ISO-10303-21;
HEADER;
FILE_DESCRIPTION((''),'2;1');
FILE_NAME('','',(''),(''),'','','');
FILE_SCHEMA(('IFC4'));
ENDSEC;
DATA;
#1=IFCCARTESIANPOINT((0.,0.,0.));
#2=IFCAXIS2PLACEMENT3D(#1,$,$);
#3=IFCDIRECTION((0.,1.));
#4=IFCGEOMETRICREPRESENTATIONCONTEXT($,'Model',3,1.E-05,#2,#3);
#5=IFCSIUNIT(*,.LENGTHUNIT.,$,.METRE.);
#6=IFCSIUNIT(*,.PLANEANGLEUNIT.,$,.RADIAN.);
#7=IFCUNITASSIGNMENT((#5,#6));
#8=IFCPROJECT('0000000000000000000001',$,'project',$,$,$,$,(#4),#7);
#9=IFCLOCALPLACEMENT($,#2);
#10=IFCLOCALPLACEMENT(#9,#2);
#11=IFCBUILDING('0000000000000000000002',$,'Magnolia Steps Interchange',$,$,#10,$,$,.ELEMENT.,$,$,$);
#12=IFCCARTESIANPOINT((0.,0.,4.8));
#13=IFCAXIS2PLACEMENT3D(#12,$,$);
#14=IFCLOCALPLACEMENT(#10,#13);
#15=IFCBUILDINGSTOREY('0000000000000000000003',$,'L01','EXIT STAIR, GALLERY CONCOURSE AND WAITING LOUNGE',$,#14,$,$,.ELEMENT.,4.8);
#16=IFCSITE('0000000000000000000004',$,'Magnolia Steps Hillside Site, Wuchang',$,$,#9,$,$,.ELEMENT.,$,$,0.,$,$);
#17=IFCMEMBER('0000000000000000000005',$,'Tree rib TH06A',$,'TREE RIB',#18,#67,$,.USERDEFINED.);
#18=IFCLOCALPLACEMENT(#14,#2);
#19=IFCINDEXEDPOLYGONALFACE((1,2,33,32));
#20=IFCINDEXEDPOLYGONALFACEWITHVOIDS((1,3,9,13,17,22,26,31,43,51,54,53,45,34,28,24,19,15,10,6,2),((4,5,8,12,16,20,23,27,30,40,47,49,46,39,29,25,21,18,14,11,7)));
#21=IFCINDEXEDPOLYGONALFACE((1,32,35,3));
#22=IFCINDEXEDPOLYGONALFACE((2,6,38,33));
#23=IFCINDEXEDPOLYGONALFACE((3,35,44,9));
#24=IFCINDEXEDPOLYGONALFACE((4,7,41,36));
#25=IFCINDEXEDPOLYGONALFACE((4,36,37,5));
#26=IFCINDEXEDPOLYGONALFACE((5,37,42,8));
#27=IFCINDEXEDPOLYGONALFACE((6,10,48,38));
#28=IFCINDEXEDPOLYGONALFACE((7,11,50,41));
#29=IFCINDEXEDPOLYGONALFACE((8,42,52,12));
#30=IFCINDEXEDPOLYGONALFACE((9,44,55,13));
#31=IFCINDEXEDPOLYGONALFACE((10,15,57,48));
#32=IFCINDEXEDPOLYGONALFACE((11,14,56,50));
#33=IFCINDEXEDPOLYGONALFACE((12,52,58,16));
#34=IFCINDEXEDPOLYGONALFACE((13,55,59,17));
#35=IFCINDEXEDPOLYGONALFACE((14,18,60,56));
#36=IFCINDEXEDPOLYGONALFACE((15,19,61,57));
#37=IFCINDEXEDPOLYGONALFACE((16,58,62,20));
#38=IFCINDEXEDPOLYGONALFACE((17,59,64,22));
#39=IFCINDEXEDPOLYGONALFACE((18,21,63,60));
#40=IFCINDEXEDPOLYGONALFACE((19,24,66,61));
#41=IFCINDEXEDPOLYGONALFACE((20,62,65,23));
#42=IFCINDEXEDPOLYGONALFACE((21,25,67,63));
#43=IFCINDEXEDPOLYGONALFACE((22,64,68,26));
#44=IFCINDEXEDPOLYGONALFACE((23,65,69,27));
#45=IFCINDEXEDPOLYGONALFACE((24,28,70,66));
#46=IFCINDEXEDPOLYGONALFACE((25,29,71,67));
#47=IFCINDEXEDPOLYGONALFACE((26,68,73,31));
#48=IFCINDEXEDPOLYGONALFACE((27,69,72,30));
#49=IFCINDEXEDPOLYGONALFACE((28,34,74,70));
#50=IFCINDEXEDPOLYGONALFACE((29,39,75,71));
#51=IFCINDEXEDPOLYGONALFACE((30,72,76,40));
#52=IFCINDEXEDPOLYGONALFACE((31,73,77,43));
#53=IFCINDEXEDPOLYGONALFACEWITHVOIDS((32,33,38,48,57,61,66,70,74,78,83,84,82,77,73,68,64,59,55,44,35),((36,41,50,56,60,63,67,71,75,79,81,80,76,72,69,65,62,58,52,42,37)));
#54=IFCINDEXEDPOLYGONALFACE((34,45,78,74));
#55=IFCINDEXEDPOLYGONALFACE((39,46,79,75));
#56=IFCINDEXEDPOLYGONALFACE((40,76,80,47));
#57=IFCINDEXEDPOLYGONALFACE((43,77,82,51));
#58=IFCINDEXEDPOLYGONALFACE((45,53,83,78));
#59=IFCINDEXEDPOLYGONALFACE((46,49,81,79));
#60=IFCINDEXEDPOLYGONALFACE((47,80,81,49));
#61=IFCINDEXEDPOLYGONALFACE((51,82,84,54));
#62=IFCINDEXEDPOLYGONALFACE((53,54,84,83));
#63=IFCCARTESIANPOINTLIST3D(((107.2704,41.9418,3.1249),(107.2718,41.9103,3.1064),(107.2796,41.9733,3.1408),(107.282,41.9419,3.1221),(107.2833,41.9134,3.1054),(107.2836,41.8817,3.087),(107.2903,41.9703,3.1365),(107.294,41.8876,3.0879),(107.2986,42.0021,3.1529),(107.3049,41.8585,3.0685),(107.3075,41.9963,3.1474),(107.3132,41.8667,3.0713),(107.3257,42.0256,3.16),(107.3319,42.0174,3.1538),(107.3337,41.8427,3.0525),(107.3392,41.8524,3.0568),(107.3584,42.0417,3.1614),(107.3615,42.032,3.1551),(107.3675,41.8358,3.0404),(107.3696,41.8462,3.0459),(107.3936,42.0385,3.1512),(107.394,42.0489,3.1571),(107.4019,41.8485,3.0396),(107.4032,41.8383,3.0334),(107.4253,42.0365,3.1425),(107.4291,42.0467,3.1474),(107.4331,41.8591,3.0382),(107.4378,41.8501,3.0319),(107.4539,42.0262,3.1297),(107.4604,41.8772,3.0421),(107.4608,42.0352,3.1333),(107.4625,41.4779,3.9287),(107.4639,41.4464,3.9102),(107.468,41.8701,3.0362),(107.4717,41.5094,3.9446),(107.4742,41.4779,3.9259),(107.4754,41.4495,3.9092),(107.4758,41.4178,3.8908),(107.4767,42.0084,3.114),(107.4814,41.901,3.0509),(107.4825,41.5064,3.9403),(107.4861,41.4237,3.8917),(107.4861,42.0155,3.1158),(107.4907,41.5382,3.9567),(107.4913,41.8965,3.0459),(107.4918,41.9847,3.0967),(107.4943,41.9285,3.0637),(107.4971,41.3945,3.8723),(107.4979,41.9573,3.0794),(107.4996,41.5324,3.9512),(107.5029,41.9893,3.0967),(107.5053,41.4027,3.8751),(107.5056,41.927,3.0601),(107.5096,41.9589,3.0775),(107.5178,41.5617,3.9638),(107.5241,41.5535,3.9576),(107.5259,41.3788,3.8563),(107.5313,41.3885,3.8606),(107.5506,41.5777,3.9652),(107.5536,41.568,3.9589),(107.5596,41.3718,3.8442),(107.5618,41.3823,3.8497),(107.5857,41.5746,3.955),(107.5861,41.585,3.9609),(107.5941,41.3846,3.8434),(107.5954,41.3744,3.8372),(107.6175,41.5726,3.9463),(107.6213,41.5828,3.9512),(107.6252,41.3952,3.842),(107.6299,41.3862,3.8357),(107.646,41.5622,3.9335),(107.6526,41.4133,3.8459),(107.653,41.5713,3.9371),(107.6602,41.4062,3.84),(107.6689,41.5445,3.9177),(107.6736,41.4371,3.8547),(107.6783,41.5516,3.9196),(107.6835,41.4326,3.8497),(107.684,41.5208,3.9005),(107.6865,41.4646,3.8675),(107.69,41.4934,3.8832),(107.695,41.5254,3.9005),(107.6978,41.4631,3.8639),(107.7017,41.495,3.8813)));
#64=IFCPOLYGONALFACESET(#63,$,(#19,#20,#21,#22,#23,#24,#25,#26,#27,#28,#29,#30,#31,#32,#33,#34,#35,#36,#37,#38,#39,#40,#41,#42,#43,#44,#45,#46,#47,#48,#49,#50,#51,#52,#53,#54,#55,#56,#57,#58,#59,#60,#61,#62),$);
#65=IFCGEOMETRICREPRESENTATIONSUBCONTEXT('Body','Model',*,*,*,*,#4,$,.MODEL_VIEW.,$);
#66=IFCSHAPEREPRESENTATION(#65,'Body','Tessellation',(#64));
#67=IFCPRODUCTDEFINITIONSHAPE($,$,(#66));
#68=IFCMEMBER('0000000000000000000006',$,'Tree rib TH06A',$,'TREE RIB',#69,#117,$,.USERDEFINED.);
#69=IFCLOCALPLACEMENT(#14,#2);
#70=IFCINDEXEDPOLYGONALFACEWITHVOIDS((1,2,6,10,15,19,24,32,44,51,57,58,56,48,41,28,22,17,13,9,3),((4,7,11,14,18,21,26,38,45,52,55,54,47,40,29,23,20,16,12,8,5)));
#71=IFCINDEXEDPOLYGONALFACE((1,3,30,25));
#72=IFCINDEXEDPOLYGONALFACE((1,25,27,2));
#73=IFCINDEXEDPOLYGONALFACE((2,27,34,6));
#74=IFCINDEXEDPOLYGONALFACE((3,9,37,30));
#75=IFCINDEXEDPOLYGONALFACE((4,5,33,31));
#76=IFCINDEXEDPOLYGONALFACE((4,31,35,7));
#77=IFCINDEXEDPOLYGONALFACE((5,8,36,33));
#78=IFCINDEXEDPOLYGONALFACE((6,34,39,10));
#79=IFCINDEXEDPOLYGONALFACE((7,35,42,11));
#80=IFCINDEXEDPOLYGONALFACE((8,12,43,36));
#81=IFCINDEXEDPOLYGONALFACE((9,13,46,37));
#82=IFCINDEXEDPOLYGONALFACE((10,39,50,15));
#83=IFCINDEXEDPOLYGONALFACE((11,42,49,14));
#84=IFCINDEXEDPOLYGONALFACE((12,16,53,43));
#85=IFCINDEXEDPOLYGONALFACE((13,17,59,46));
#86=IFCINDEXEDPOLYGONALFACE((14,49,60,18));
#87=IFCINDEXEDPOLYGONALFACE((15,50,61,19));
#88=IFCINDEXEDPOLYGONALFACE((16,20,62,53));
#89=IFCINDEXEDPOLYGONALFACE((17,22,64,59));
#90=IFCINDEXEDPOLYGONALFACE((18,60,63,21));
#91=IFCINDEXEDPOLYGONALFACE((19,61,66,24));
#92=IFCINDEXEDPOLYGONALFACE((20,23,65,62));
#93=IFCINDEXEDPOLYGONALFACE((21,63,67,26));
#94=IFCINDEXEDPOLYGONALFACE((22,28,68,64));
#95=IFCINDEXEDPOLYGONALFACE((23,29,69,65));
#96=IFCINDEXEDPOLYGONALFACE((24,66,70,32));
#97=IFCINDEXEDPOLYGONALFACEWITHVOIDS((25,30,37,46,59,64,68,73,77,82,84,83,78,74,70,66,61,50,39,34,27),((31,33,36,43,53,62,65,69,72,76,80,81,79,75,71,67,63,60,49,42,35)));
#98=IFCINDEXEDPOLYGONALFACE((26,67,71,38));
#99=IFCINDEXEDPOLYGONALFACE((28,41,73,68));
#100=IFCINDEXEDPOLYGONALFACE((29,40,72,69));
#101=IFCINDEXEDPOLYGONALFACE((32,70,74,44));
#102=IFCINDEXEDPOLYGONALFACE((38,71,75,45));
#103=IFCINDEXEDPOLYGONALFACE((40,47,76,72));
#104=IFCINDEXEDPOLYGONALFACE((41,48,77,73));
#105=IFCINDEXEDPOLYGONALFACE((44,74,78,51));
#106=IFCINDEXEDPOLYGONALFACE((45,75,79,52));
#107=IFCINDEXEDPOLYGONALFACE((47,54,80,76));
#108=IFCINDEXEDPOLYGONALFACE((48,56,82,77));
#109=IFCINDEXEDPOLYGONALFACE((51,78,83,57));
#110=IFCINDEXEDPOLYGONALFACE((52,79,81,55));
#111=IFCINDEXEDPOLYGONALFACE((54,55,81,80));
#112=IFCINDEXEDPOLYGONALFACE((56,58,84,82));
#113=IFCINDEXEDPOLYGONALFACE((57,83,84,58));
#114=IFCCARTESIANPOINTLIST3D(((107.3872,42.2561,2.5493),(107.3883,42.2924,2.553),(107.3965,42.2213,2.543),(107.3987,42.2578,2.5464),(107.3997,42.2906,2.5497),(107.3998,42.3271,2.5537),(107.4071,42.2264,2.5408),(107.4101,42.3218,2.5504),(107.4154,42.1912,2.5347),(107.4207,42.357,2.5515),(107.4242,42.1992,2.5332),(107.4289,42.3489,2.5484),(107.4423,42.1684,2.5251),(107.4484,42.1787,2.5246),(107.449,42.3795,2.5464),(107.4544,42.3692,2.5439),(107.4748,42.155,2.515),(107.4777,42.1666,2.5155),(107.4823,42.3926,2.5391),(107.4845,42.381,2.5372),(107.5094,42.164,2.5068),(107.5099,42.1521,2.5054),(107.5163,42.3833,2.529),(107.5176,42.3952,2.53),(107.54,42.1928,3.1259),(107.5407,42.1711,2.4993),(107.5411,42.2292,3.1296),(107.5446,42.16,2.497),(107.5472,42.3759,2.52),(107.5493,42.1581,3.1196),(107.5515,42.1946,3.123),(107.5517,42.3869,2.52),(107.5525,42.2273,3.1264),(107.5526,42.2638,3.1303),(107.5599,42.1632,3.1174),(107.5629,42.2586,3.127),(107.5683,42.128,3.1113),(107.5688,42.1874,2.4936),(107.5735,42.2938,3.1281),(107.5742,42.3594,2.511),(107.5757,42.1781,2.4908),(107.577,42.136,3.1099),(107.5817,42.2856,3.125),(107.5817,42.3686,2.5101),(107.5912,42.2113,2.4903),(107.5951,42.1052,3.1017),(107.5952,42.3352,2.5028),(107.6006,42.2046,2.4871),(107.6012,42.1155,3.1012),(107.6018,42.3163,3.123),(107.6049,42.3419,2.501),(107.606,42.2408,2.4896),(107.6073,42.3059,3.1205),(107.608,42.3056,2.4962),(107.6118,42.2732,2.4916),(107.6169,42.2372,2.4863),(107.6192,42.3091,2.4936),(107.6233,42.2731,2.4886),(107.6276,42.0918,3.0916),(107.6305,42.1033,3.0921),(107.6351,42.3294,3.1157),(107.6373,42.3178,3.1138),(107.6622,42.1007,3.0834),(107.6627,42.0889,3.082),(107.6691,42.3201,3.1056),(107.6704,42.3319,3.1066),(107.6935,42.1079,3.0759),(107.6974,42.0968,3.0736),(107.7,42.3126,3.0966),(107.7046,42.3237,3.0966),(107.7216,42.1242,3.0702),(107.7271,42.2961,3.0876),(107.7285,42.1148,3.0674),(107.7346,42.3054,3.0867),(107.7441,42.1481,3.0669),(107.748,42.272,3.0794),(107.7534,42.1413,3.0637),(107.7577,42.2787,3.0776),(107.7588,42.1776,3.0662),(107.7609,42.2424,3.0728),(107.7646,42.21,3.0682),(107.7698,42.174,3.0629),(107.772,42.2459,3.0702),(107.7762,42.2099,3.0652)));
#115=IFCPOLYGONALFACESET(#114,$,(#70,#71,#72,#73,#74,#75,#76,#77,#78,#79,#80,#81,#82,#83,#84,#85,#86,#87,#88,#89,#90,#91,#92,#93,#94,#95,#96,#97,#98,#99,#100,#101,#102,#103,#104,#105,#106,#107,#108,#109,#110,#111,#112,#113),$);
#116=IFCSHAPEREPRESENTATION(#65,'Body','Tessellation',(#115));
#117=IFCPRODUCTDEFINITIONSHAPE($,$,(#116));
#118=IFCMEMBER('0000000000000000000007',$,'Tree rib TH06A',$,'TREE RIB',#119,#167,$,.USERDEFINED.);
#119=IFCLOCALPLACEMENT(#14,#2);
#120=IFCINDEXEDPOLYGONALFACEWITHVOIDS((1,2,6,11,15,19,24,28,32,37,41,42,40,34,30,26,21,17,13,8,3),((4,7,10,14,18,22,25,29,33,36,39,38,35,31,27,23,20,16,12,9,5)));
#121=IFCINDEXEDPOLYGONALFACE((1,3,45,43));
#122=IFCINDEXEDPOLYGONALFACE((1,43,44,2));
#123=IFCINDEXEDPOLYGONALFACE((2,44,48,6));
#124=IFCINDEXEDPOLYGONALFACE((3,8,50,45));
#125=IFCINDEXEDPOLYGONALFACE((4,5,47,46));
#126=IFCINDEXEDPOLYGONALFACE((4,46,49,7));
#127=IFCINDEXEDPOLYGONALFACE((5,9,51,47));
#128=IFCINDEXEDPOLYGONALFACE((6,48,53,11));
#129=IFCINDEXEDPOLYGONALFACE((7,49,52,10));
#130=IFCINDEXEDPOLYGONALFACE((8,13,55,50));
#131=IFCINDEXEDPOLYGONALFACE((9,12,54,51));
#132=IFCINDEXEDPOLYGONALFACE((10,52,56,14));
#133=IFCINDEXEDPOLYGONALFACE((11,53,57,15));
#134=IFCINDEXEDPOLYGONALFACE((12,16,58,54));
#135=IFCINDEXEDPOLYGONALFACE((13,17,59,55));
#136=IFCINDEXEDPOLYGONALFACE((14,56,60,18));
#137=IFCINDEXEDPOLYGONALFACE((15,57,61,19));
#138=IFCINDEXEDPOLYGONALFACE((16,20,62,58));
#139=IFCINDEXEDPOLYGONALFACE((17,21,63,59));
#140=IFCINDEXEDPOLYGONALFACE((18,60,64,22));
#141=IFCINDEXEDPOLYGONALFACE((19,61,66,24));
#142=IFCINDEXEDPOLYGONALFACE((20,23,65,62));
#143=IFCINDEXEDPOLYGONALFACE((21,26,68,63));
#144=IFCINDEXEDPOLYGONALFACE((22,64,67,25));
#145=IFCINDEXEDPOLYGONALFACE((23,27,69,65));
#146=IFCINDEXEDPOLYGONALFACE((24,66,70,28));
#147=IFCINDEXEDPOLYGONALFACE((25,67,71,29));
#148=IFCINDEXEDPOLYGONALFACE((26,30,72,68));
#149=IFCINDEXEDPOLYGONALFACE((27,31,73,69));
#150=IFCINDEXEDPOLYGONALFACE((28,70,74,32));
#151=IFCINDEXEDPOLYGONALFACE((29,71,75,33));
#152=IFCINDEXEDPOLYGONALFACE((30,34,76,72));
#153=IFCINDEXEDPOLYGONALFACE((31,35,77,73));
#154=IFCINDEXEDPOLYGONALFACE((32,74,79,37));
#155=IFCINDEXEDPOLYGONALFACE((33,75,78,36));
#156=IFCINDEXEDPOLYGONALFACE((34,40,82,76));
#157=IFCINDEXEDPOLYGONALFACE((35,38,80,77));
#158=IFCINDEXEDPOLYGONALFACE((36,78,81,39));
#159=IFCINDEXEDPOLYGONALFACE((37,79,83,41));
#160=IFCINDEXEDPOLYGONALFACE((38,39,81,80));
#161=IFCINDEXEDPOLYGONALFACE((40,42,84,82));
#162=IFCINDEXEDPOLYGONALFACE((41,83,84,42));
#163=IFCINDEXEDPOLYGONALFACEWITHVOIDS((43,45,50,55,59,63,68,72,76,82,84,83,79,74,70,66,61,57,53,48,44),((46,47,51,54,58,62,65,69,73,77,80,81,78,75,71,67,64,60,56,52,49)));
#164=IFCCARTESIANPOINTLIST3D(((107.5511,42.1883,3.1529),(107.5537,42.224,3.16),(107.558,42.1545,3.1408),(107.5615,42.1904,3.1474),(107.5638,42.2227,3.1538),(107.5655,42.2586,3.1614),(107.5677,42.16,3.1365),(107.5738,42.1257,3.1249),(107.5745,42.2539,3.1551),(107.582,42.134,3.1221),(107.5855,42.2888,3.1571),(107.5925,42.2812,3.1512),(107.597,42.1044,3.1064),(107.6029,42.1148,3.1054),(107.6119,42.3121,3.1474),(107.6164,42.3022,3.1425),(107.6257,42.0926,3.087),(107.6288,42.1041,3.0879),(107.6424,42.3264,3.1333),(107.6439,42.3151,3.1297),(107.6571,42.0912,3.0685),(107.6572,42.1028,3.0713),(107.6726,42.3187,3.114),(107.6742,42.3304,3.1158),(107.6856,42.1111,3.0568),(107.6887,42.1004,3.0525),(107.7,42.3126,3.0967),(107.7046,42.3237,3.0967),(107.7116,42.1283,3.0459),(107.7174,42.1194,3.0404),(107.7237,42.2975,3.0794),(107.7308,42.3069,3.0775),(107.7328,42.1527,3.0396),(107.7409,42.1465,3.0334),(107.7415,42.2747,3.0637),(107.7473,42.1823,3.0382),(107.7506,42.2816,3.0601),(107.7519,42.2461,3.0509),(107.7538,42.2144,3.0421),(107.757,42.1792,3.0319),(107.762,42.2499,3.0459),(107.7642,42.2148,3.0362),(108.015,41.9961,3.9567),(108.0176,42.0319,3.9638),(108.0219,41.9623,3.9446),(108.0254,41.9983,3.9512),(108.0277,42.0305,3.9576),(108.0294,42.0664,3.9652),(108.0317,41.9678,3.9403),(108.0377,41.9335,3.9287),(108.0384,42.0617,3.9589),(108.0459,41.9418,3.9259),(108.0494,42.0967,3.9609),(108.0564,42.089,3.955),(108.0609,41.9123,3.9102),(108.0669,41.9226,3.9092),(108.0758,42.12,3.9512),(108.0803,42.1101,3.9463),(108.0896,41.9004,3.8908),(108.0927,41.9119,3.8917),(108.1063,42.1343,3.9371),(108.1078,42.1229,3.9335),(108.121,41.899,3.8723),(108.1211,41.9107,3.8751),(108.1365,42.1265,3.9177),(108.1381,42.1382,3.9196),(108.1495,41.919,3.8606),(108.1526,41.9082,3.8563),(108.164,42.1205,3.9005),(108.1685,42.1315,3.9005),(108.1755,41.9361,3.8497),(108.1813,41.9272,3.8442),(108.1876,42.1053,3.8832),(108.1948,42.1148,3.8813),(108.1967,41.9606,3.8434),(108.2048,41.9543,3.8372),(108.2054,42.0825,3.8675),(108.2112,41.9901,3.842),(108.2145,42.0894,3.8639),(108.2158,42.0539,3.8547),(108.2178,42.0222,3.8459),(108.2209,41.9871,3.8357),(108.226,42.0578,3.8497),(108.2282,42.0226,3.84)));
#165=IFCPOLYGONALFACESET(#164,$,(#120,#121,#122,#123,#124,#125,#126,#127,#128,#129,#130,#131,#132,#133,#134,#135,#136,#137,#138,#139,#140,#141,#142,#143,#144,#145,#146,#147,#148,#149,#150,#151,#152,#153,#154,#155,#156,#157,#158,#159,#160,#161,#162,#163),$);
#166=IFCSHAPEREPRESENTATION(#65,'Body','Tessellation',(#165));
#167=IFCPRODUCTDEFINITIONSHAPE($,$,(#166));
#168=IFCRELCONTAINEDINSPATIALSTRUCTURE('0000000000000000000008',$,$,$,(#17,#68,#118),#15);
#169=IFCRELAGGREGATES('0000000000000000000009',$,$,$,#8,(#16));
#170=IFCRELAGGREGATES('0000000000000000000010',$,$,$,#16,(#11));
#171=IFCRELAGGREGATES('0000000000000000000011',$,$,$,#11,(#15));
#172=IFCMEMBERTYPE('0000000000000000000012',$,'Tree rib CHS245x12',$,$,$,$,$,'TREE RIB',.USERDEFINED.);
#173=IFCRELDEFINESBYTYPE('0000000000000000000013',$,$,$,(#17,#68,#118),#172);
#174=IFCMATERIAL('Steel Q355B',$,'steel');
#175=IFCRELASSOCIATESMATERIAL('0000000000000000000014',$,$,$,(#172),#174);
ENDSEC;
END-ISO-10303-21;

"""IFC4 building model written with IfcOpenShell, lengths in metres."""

from ifc_helpers import new_model, si_unit, direction, frame, origin, origin_2d, place, context, subcontext, project, spatial, hollow_circle, extrude, material, material_profile, profile_set, type_object, element, save


model = new_model("IFC4")

# Units and contexts
model_context = context("Model", 3, precision=1e-05, world=origin(), true_north=direction((0.0, 1.0)))
body_context = subcontext(model_context, "Body", "Model", "MODEL_VIEW")
ifc_project = project(units=[si_unit("LENGTHUNIT", "METRE"), si_unit("PLANEANGLEUNIT", "RADIAN")], contexts=[model_context])

# Site, building, storey
site_placement = place(None, origin())
site = spatial("IfcSite", under=ifc_project, at=site_placement, Name="Magnolia Steps Hillside Site, Wuchang", CompositionType="ELEMENT", RefElevation=0.0)
building_placement = place(site_placement, origin())
building = spatial("IfcBuilding", under=site, at=building_placement, Name="Magnolia Steps Interchange", CompositionType="ELEMENT")
storey_placement = place(building_placement, frame((0.0, 0.0, 4.8)))
storey = spatial("IfcBuildingStorey", under=building, at=storey_placement, Name="L01", Description="EXIT STAIR, GALLERY CONCOURSE AND WAITING LOUNGE", CompositionType="ELEMENT", Elevation=4.8)

# Members
ifc_material_1 = material(Name="Steel Q355B", Category="steel")
ifc_material_profile_1 = material_profile(ifc_material_1, hollow_circle(Radius=0.1226, WallThickness=0.012, at=origin_2d()), Name="CHS245x12")
ifc_profile_set_1 = profile_set([ifc_material_profile_1], Name="Steel Q355B")
member_type = type_object("IfcMemberType", Name="Tree rib CHS245x12", ElementType="TREE RIB", PredefinedType="USERDEFINED", material=ifc_profile_set_1)
member_1_placement = place(storey_placement, frame((107.3896, 41.9424, 3.0967), z_axis=(0.202753, -0.489492, 0.848109), x_axis=(0.923881, 0.382681, 0.0)))
element("IfcMember", 1, at=member_1_placement, inside=storey, type_object=member_type, Name="Tree rib TH06A", ObjectType="TREE RIB", PredefinedType="USERDEFINED", context=body_context, shape_type="SweptSolid", body=[
    extrude(hollow_circle(Radius=0.1226, WallThickness=0.012, at=origin_2d()), origin(), (0.0, 0.0, 1.0), 0.9478),
])
member_2_placement = place(storey_placement, frame((107.5049, 42.2737, 2.52), z_axis=(0.254758, -0.105403, 0.961243), x_axis=(0.382308, 0.924035, 0.0)))
element("IfcMember", 2, at=member_2_placement, inside=storey, type_object=member_type, Name="Tree rib TH06A", ObjectType="TREE RIB", PredefinedType="USERDEFINED", context=body_context, shape_type="SweptSolid", body=[
    extrude(hollow_circle(Radius=0.1226, WallThickness=0.012, at=origin_2d()), origin(), (0.0, 0.0, 1.0), 0.5999),
])
member_3_placement = place(storey_placement, frame((107.6577, 42.2104, 3.0967), z_axis=(0.489492, -0.202753, 0.848109), x_axis=(0.382681, 0.923881, 0.0)))
element("IfcMember", 3, at=member_3_placement, inside=storey, type_object=member_type, Name="Tree rib TH06A", ObjectType="TREE RIB", PredefinedType="USERDEFINED", context=body_context, shape_type="SweptSolid", body=[
    extrude(hollow_circle(Radius=0.1226, WallThickness=0.012, at=origin_2d()), origin(), (0.0, 0.0, 1.0), 0.9478),
])

save(model, "model.ifc")
